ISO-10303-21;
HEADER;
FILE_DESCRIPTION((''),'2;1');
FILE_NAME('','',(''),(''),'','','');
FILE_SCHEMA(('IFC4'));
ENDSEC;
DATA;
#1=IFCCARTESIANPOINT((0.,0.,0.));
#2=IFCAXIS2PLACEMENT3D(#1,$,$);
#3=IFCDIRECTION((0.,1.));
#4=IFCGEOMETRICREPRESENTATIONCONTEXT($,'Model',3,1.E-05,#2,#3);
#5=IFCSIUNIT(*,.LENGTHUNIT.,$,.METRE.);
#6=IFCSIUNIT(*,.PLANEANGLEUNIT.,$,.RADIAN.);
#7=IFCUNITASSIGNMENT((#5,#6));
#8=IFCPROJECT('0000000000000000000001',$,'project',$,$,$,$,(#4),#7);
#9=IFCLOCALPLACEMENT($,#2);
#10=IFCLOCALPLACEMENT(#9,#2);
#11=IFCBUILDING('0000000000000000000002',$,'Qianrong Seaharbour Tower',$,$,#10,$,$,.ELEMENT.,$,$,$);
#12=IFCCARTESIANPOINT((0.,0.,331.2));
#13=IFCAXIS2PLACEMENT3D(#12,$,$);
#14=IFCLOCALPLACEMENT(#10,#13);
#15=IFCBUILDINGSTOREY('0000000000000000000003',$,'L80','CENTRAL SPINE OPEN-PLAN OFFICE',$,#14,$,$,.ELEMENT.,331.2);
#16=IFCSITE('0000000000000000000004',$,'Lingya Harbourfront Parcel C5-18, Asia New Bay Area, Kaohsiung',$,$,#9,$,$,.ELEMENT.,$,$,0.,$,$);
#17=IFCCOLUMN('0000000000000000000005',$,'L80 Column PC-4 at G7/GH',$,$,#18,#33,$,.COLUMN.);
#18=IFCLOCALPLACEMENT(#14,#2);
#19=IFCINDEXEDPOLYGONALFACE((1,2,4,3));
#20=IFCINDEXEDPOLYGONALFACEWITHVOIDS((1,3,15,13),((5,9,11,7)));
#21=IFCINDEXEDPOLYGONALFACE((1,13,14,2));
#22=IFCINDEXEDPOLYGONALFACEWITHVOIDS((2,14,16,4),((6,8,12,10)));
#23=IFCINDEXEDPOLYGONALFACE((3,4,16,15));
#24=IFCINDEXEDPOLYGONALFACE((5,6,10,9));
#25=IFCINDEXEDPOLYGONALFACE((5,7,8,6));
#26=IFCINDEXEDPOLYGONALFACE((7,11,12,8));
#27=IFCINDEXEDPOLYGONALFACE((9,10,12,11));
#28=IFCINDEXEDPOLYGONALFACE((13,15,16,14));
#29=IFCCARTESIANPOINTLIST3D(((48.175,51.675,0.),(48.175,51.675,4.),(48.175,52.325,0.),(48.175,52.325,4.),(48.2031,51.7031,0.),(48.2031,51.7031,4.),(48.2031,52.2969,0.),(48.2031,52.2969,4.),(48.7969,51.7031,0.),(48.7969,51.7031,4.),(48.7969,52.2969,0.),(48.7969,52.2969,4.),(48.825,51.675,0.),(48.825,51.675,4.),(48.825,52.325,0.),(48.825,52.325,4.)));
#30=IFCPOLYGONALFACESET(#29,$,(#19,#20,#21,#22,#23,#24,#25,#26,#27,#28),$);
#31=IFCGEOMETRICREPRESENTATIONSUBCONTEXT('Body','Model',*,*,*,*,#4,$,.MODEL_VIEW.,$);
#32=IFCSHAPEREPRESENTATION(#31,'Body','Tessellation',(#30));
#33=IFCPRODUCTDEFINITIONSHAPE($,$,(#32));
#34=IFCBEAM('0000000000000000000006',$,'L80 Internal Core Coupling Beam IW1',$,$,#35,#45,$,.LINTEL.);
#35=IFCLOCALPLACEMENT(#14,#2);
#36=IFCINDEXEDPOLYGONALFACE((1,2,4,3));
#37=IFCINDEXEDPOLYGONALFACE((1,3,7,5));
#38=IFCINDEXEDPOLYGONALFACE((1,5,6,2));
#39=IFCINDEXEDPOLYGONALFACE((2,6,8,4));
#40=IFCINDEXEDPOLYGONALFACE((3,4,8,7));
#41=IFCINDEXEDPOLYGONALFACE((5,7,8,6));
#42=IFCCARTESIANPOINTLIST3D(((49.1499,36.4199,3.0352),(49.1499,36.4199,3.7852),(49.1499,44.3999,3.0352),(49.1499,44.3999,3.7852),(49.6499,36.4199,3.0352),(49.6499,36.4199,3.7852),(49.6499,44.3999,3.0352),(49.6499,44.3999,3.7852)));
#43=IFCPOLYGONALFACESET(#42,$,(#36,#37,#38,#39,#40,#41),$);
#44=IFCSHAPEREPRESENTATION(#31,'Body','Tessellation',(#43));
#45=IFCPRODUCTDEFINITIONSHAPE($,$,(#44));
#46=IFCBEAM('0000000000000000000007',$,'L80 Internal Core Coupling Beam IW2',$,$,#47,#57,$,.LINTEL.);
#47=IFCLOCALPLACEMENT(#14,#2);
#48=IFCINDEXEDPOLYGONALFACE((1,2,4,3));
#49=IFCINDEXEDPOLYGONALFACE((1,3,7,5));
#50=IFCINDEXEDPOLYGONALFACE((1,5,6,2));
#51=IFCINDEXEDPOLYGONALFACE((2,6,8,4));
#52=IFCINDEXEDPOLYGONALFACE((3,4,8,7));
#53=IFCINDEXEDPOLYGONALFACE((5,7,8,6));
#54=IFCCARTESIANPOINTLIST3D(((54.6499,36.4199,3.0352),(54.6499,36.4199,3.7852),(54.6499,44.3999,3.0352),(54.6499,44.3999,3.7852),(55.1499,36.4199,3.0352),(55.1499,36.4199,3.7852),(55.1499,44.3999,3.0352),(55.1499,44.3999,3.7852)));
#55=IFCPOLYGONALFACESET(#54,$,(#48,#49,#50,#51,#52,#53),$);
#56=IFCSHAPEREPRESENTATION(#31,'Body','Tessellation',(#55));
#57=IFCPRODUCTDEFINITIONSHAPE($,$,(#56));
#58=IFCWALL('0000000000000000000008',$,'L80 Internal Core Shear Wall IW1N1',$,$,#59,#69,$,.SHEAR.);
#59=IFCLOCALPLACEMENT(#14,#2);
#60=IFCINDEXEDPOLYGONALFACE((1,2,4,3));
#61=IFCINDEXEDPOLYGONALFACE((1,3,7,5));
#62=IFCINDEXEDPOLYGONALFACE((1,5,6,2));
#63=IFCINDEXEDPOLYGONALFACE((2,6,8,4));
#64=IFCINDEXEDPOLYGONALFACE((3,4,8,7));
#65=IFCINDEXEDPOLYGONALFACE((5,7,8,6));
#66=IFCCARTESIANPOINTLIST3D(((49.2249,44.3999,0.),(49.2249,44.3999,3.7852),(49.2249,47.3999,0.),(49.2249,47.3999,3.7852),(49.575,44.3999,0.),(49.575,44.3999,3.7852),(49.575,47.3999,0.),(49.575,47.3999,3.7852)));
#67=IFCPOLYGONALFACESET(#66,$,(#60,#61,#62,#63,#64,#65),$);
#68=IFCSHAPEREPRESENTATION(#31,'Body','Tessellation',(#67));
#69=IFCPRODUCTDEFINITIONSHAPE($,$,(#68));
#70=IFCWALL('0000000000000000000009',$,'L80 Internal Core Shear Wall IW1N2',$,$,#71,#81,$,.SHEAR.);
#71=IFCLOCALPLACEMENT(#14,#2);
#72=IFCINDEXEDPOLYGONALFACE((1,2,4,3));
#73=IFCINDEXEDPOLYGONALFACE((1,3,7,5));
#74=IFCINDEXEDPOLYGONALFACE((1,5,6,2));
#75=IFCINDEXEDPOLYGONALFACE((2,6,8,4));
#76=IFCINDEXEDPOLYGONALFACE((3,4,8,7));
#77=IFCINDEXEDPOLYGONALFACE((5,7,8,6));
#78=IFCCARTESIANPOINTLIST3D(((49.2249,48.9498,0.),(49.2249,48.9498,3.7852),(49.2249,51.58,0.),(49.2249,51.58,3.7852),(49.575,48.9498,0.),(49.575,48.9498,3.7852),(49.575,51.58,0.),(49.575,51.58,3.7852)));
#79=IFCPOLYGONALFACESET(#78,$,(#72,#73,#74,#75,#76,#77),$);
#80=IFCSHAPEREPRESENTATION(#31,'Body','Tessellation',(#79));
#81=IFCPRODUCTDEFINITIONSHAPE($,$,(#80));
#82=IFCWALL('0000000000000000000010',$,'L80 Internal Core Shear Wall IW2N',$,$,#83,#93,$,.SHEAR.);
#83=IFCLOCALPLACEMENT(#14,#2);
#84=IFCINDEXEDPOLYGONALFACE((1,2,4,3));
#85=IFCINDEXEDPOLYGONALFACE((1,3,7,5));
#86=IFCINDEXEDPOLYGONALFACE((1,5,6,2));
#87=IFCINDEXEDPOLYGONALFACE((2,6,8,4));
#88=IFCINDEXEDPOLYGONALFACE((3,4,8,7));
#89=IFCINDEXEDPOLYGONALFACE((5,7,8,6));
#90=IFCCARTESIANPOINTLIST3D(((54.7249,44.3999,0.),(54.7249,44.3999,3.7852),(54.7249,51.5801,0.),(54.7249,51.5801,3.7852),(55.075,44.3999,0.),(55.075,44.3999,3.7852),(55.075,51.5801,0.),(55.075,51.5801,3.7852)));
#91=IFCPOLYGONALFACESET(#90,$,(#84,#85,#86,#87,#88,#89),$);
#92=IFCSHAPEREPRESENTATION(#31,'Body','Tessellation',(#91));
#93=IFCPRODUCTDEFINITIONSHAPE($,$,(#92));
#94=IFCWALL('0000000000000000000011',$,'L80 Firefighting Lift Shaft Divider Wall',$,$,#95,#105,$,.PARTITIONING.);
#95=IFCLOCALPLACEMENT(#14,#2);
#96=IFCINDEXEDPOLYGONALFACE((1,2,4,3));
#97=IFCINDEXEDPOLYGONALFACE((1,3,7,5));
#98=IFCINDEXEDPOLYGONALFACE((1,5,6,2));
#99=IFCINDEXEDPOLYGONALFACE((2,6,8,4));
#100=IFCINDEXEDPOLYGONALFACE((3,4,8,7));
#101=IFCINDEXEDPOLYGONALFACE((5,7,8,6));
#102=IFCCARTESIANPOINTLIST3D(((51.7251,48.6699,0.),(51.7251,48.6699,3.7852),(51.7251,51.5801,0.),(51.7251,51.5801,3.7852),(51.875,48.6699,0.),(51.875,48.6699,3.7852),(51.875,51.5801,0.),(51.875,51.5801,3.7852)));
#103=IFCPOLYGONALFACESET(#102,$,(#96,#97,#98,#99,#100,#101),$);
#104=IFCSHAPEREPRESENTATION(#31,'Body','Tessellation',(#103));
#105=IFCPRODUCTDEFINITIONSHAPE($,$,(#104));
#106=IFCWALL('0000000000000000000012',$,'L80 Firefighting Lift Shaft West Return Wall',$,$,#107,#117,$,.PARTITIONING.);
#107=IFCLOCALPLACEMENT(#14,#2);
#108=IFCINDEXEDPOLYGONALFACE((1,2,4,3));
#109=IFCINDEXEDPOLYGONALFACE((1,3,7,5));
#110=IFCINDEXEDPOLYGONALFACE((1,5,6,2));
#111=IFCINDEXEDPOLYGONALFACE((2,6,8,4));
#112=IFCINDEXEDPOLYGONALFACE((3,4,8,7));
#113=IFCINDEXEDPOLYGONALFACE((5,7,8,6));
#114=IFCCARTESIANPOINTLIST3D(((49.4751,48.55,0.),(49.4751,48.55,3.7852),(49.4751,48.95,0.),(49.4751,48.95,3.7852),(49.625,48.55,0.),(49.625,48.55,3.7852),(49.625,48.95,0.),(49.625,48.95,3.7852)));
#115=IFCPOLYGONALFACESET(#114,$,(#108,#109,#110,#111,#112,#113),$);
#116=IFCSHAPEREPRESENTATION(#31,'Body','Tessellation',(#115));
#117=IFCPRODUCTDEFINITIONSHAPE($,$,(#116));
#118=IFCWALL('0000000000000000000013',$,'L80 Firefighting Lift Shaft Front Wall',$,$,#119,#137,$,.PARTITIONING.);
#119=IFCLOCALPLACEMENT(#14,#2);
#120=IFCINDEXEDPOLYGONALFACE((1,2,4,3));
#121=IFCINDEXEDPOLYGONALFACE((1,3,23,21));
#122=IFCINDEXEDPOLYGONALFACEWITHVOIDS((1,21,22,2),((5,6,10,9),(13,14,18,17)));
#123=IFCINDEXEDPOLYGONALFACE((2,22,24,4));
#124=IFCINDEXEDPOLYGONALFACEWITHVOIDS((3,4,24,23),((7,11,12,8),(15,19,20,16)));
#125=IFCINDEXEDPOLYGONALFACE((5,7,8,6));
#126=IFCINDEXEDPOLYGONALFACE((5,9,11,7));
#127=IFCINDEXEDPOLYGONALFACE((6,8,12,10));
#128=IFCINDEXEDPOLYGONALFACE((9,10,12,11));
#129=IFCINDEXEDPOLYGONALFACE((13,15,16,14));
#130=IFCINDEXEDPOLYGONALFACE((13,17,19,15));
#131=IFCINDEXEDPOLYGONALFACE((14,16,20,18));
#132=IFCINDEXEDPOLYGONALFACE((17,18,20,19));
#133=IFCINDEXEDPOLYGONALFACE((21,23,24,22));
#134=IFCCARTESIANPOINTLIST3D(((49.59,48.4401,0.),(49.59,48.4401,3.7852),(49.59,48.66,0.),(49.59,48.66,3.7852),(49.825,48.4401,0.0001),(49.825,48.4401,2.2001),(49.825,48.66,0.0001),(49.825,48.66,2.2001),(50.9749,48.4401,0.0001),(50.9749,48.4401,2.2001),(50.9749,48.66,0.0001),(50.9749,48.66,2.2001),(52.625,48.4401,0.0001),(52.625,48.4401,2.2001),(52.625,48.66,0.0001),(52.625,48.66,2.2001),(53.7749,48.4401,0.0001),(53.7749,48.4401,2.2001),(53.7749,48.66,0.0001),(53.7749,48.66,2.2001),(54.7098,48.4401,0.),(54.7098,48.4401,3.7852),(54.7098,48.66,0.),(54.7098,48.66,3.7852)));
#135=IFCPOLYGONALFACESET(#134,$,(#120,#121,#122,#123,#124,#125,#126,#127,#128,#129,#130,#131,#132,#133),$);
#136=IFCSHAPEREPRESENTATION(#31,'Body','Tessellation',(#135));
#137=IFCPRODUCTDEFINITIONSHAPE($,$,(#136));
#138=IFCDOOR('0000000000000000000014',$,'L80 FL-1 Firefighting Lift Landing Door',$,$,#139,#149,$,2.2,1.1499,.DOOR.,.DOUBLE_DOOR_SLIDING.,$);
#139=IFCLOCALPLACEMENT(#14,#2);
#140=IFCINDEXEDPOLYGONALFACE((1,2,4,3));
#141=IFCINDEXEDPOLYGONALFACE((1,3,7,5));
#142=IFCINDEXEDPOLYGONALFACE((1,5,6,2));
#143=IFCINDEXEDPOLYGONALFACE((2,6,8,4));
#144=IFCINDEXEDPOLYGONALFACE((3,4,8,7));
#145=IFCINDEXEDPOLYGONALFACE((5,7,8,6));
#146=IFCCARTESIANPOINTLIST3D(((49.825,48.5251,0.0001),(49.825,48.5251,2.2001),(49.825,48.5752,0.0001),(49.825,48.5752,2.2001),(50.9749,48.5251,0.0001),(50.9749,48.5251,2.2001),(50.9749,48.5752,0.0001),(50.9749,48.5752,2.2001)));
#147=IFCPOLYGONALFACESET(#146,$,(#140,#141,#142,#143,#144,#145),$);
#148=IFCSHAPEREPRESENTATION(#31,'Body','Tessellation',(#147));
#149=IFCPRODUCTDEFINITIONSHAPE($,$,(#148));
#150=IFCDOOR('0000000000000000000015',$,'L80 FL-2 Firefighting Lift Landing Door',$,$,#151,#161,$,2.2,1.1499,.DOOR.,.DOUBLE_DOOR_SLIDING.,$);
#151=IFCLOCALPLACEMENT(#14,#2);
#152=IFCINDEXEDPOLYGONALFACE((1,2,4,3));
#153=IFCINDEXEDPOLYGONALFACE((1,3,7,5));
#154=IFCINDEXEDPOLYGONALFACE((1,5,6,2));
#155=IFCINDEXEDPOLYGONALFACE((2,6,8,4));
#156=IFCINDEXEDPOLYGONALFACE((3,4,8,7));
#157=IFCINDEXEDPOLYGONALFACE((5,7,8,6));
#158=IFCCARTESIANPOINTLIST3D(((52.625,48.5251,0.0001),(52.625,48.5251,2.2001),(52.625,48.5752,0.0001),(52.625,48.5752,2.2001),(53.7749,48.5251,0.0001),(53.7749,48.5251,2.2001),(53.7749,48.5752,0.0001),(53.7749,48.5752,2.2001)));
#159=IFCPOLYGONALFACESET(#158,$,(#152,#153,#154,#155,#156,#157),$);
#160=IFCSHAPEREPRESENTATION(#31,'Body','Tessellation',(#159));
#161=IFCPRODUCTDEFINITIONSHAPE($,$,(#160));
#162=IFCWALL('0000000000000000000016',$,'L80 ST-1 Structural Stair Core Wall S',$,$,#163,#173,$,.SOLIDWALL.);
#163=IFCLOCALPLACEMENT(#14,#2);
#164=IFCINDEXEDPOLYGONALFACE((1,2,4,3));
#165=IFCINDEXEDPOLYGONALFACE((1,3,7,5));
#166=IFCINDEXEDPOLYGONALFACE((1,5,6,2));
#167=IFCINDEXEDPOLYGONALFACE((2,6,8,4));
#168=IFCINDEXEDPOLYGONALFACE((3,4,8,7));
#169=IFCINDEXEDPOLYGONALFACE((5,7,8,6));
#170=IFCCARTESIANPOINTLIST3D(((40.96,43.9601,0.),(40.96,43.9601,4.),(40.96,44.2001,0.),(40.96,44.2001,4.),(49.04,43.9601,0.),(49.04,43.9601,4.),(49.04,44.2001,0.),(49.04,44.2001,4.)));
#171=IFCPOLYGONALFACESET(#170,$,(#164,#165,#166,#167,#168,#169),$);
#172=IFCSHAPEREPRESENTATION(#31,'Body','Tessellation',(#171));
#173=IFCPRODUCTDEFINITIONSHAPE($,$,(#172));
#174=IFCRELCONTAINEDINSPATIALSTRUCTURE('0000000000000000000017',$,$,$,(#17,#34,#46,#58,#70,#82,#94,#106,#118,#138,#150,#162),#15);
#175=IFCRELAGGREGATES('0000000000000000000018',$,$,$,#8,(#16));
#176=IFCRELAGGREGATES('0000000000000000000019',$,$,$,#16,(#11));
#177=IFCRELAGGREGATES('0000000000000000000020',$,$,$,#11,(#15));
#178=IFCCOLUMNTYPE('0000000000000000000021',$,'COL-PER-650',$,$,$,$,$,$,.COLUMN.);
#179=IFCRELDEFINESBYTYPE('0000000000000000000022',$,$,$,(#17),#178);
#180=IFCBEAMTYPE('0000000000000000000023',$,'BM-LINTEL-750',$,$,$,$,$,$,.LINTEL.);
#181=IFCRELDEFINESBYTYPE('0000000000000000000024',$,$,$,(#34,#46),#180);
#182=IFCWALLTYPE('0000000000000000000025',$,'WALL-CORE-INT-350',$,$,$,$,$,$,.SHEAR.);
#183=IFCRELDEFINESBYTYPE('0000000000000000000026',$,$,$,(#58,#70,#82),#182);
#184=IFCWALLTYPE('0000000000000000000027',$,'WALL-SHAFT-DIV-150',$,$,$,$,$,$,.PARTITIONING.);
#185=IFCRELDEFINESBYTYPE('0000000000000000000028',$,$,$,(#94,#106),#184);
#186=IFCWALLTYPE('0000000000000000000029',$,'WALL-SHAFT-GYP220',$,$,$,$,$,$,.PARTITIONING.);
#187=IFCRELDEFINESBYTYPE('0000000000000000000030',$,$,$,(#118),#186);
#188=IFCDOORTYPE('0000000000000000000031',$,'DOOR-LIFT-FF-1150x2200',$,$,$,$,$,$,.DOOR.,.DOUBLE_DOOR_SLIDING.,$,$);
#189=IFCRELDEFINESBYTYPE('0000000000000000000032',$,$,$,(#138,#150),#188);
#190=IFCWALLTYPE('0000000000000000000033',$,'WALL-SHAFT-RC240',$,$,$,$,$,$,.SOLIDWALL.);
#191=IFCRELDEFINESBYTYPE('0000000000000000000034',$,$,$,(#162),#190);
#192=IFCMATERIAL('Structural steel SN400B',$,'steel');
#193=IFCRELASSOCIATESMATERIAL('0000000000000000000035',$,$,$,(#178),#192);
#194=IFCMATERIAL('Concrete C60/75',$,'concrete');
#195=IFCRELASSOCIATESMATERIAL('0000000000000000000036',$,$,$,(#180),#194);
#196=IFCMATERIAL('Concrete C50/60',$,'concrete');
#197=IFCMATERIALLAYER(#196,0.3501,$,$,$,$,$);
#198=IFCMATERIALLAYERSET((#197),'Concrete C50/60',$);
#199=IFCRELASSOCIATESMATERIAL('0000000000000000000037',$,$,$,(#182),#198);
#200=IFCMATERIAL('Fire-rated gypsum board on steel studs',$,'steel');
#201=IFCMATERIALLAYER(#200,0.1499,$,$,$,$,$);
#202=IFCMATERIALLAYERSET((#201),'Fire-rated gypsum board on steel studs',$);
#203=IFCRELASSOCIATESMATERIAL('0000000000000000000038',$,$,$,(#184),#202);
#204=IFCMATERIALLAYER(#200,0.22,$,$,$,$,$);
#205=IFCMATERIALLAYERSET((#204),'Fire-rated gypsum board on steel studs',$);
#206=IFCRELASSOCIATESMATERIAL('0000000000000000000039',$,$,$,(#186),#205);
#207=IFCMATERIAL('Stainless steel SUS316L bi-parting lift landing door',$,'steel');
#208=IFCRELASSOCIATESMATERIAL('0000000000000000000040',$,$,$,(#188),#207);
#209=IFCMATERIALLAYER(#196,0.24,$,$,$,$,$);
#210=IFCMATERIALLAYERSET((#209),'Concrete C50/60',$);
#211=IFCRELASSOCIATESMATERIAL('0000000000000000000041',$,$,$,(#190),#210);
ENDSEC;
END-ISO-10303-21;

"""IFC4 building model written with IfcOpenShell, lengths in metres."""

from ifc_helpers import new_model, si_unit, direction, frame, frame_2d, origin, origin_2d, place, context, subcontext, project, spatial, rectangle, hollow_rectangle, extrude, material, layer, layer_set, material_profile, profile_set, type_object, element, fill, save


model = new_model("IFC4")

# Units and contexts
model_context = context("Model", 3, precision=1e-05, world=origin(), true_north=direction((0.0, 1.0)))
body_context = subcontext(model_context, "Body", "Model", "MODEL_VIEW")
ifc_project = project(units=[si_unit("LENGTHUNIT", "METRE"), si_unit("PLANEANGLEUNIT", "RADIAN")], contexts=[model_context])

# Site, building, storey
site_placement = place(None, origin())
site = spatial("IfcSite", under=ifc_project, at=site_placement, Name="Lingya Harbourfront Parcel C5-18, Asia New Bay Area, Kaohsiung", CompositionType="ELEMENT", RefElevation=0.0)
building_placement = place(site_placement, origin())
building = spatial("IfcBuilding", under=site, at=building_placement, Name="Qianrong Seaharbour Tower", CompositionType="ELEMENT")
storey_placement = place(building_placement, frame((0.0, 0.0, 331.2)))
storey = spatial("IfcBuildingStorey", under=building, at=storey_placement, Name="L80", Description="CENTRAL SPINE OPEN-PLAN OFFICE", CompositionType="ELEMENT", Elevation=331.2)

# Column
ifc_material_1 = material(Name="Structural steel SN400B", Category="steel")
ifc_material_profile_1 = material_profile(ifc_material_1, hollow_rectangle(XDim=0.6499, YDim=0.6499, WallThickness=0.0281, at=origin_2d()), Name="BOX650x650x28")
ifc_profile_set_1 = profile_set([ifc_material_profile_1], Name="Structural steel SN400B")
column_type = type_object("IfcColumnType", Name="COL-PER-650", PredefinedType="COLUMN", material=ifc_profile_set_1)
column_placement = place(storey_placement, frame((48.5, 52.0, 0.0), z_axis=(0.0, 0.0, 1.0), x_axis=(1.0, 0.0, 0.0)))
element("IfcColumn", 1, at=column_placement, inside=storey, type_object=column_type, Name="L80 Column PC-4 at G7/GH", PredefinedType="COLUMN", context=body_context, shape_type="SweptSolid", body=[
    extrude(hollow_rectangle(XDim=0.6499, YDim=0.6499, WallThickness=0.0281, at=origin_2d()), origin(), (0.0, 0.0, 1.0), 4.0),
])

# Beams
ifc_material_2 = material(Name="Concrete C60/75", Category="concrete")
ifc_material_profile_2 = material_profile(ifc_material_2, rectangle(XDim=0.5, YDim=0.75, at=origin_2d()), Name="RC500x750")
ifc_profile_set_2 = profile_set([ifc_material_profile_2], Name="Concrete C60/75")
beam_type = type_object("IfcBeamType", Name="BM-LINTEL-750", PredefinedType="LINTEL", material=ifc_profile_set_2)
for number, where, z_axis, x_axis, name in (
    (2, (49.3999, 36.4199, 3.4102), (0.0, 1.0, 0.0), (-1.0, 0.0, 0.0), "L80 Internal Core Coupling Beam IW1"),
    (3, (54.8999, 36.4199, 3.4102), (0.0, 1.0, 0.0), (-1.0, 0.0, 0.0), "L80 Internal Core Coupling Beam IW2"),
):
    element("IfcBeam", number, at=place(storey_placement, frame(where, z_axis=z_axis, x_axis=x_axis)), inside=storey, type_object=beam_type, Name=name, PredefinedType="LINTEL", context=body_context, shape_type="SweptSolid", body=[
        extrude(rectangle(XDim=0.5, YDim=0.75, at=origin_2d()), origin(), (0.0, 0.0, 1.0), 7.98),
    ])

# Walls
ifc_material_3 = material(Name="Concrete C50/60", Category="concrete")
ifc_layer_1 = layer(ifc_material_3, 0.3501)
ifc_layer_set_1 = layer_set([ifc_layer_1], Name="Concrete C50/60")
wall_type_1 = type_object("IfcWallType", Name="WALL-CORE-INT-350", PredefinedType="SHEAR", material=ifc_layer_set_1)
wall_1_placement = place(storey_placement, frame((49.3999, 44.3999, 0.0), z_axis=(0.0, 0.0, 1.0), x_axis=(0.0, 1.0, 0.0)))
element("IfcWall", 4, at=wall_1_placement, inside=storey, type_object=wall_type_1, Name="L80 Internal Core Shear Wall IW1N1", PredefinedType="SHEAR", context=body_context, shape_type="SweptSolid", body=[
    extrude(rectangle(XDim=3.0, YDim=0.3501, at=frame_2d((1.5, 0.0))), origin(), (0.0, 0.0, 1.0), 3.7852),
])
wall_2_placement = place(storey_placement, frame((49.3999, 48.95, 0.0), z_axis=(0.0, 0.0, 1.0), x_axis=(0.0, 1.0, 0.0)))
element("IfcWall", 5, at=wall_2_placement, inside=storey, type_object=wall_type_1, Name="L80 Internal Core Shear Wall IW1N2", PredefinedType="SHEAR", context=body_context, shape_type="SweptSolid", body=[
    extrude(rectangle(XDim=2.6301, YDim=0.3501, at=frame_2d((1.3149, 0.0))), origin(), (0.0, 0.0, 1.0), 3.7852),
])
wall_3_placement = place(storey_placement, frame((54.8999, 44.3999, 0.0), z_axis=(0.0, 0.0, 1.0), x_axis=(0.0, 1.0, 0.0)))
element("IfcWall", 6, at=wall_3_placement, inside=storey, type_object=wall_type_1, Name="L80 Internal Core Shear Wall IW2N", PredefinedType="SHEAR", context=body_context, shape_type="SweptSolid", body=[
    extrude(rectangle(XDim=7.1802, YDim=0.3501, at=frame_2d((3.5901, 0.0))), origin(), (0.0, 0.0, 1.0), 3.7852),
])

# Walls
ifc_material_4 = material(Name="Fire-rated gypsum board on steel studs", Category="steel")
ifc_layer_2 = layer(ifc_material_4, 0.1499)
ifc_layer_set_2 = layer_set([ifc_layer_2], Name="Fire-rated gypsum board on steel studs")
wall_type_2 = type_object("IfcWallType", Name="WALL-SHAFT-DIV-150", PredefinedType="PARTITIONING", material=ifc_layer_set_2)
wall_4_placement = place(storey_placement, frame((51.8, 48.6699, 0.0), z_axis=(0.0, 0.0, 1.0), x_axis=(0.0, 1.0, 0.0)))
element("IfcWall", 7, at=wall_4_placement, inside=storey, type_object=wall_type_2, Name="L80 Firefighting Lift Shaft Divider Wall", PredefinedType="PARTITIONING", context=body_context, shape_type="SweptSolid", body=[
    extrude(rectangle(XDim=2.9102, YDim=0.1499, at=frame_2d((1.4551, 0.0))), origin(), (0.0, 0.0, 1.0), 3.7852),
])
wall_5_placement = place(storey_placement, frame((49.55, 48.55, 0.0), z_axis=(0.0, 0.0, 1.0), x_axis=(0.0, 1.0, 0.0)))
element("IfcWall", 8, at=wall_5_placement, inside=storey, type_object=wall_type_2, Name="L80 Firefighting Lift Shaft West Return Wall", PredefinedType="PARTITIONING", context=body_context, shape_type="SweptSolid", body=[
    extrude(rectangle(XDim=0.3999, YDim=0.1499, at=frame_2d((0.2, 0.0))), origin(), (0.0, 0.0, 1.0), 3.7852),
])

# Wall, openings, doors
ifc_layer_3 = layer(ifc_material_4, 0.22)
ifc_layer_set_3 = layer_set([ifc_layer_3], Name="Fire-rated gypsum board on steel studs")
wall_type_3 = type_object("IfcWallType", Name="WALL-SHAFT-GYP220", PredefinedType="PARTITIONING", material=ifc_layer_set_3)
wall_6_placement = place(storey_placement, frame((54.71, 48.55, 0.0), z_axis=(0.0, 0.0, 1.0), x_axis=(-1.0, 0.0, 0.0)))
wall_6 = element("IfcWall", 9, at=wall_6_placement, inside=storey, type_object=wall_type_3, Name="L80 Firefighting Lift Shaft Front Wall", PredefinedType="PARTITIONING", context=body_context, shape_type="SweptSolid", body=[
    extrude(rectangle(XDim=5.1199, YDim=0.22, at=frame_2d((2.5601, 0.0))), origin(), (0.0, 0.0, 1.0), 3.7852),
])
opening_1_placement = place(wall_6_placement, frame((3.7351, 0.0, 0.0)))
opening_1 = element("IfcOpeningElement", 10, at=opening_1_placement, cuts=wall_6, PredefinedType="OPENING", context=body_context, shape_type="SweptSolid", body=[
    extrude(rectangle(XDim=1.1499, YDim=2.2, at=frame_2d((0.575, 1.1001))), frame((0.0, 0.1201, 0.0), z_axis=(0.0, -1.0, 0.0), x_axis=(1.0, 0.0, 0.0)), (0.0, 0.0, 1.0), 0.24),
])
opening_2_placement = place(wall_6_placement, frame((0.9351, 0.0, 0.0)))
opening_2 = element("IfcOpeningElement", 11, at=opening_2_placement, cuts=wall_6, PredefinedType="OPENING", context=body_context, shape_type="SweptSolid", body=[
    extrude(rectangle(XDim=1.1499, YDim=2.2, at=frame_2d((0.575, 1.1001))), frame((0.0, 0.1201, 0.0), z_axis=(0.0, -1.0, 0.0), x_axis=(1.0, 0.0, 0.0)), (0.0, 0.0, 1.0), 0.24),
])
ifc_material_5 = material(Name="Stainless steel SUS316L bi-parting lift landing door", Category="steel")
door_type_1 = type_object("IfcDoorType", Name="DOOR-LIFT-FF-1150x2200", OperationType="DOUBLE_DOOR_SLIDING", PredefinedType="DOOR", material=ifc_material_5)
door_1_placement = place(opening_1_placement, origin())
door_1 = element("IfcDoor", 12, at=door_1_placement, inside=storey, type_object=door_type_1, Name="L80 FL-1 Firefighting Lift Landing Door", OperationType="DOUBLE_DOOR_SLIDING", OverallHeight=2.2, OverallWidth=1.1499, PredefinedType="DOOR", context=body_context, shape_type="SweptSolid", body=[
    extrude(rectangle(XDim=1.1499, YDim=2.2, at=frame_2d((0.575, 1.1001))), frame((0.0, 0.0249, 0.0), z_axis=(0.0, -1.0, 0.0), x_axis=(1.0, 0.0, 0.0)), (0.0, 0.0, 1.0), 0.05),
])
fill(opening_1, door_1)
door_2_placement = place(opening_2_placement, origin())
door_2 = element("IfcDoor", 13, at=door_2_placement, inside=storey, type_object=door_type_1, Name="L80 FL-2 Firefighting Lift Landing Door", OperationType="DOUBLE_DOOR_SLIDING", OverallHeight=2.2, OverallWidth=1.1499, PredefinedType="DOOR", context=body_context, shape_type="SweptSolid", body=[
    extrude(rectangle(XDim=1.1499, YDim=2.2, at=frame_2d((0.575, 1.1001))), frame((0.0, 0.0249, 0.0), z_axis=(0.0, -1.0, 0.0), x_axis=(1.0, 0.0, 0.0)), (0.0, 0.0, 1.0), 0.05),
])
fill(opening_2, door_2)

# Wall
ifc_layer_4 = layer(ifc_material_3, 0.24)
ifc_layer_set_4 = layer_set([ifc_layer_4], Name="Concrete C50/60")
wall_type_4 = type_object("IfcWallType", Name="WALL-SHAFT-RC240", PredefinedType="SOLIDWALL", material=ifc_layer_set_4)
wall_7_placement = place(storey_placement, frame((49.04, 44.0801, 0.0), z_axis=(0.0, 0.0, 1.0), x_axis=(-1.0, 0.0, 0.0)))
element("IfcWall", 14, at=wall_7_placement, inside=storey, type_object=wall_type_4, Name="L80 ST-1 Structural Stair Core Wall S", PredefinedType="SOLIDWALL", context=body_context, shape_type="SweptSolid", body=[
    extrude(rectangle(XDim=8.0801, YDim=0.24, at=frame_2d((4.04, 0.0))), origin(), (0.0, 0.0, 1.0), 4.0),
])

save(model, "model.ifc")
